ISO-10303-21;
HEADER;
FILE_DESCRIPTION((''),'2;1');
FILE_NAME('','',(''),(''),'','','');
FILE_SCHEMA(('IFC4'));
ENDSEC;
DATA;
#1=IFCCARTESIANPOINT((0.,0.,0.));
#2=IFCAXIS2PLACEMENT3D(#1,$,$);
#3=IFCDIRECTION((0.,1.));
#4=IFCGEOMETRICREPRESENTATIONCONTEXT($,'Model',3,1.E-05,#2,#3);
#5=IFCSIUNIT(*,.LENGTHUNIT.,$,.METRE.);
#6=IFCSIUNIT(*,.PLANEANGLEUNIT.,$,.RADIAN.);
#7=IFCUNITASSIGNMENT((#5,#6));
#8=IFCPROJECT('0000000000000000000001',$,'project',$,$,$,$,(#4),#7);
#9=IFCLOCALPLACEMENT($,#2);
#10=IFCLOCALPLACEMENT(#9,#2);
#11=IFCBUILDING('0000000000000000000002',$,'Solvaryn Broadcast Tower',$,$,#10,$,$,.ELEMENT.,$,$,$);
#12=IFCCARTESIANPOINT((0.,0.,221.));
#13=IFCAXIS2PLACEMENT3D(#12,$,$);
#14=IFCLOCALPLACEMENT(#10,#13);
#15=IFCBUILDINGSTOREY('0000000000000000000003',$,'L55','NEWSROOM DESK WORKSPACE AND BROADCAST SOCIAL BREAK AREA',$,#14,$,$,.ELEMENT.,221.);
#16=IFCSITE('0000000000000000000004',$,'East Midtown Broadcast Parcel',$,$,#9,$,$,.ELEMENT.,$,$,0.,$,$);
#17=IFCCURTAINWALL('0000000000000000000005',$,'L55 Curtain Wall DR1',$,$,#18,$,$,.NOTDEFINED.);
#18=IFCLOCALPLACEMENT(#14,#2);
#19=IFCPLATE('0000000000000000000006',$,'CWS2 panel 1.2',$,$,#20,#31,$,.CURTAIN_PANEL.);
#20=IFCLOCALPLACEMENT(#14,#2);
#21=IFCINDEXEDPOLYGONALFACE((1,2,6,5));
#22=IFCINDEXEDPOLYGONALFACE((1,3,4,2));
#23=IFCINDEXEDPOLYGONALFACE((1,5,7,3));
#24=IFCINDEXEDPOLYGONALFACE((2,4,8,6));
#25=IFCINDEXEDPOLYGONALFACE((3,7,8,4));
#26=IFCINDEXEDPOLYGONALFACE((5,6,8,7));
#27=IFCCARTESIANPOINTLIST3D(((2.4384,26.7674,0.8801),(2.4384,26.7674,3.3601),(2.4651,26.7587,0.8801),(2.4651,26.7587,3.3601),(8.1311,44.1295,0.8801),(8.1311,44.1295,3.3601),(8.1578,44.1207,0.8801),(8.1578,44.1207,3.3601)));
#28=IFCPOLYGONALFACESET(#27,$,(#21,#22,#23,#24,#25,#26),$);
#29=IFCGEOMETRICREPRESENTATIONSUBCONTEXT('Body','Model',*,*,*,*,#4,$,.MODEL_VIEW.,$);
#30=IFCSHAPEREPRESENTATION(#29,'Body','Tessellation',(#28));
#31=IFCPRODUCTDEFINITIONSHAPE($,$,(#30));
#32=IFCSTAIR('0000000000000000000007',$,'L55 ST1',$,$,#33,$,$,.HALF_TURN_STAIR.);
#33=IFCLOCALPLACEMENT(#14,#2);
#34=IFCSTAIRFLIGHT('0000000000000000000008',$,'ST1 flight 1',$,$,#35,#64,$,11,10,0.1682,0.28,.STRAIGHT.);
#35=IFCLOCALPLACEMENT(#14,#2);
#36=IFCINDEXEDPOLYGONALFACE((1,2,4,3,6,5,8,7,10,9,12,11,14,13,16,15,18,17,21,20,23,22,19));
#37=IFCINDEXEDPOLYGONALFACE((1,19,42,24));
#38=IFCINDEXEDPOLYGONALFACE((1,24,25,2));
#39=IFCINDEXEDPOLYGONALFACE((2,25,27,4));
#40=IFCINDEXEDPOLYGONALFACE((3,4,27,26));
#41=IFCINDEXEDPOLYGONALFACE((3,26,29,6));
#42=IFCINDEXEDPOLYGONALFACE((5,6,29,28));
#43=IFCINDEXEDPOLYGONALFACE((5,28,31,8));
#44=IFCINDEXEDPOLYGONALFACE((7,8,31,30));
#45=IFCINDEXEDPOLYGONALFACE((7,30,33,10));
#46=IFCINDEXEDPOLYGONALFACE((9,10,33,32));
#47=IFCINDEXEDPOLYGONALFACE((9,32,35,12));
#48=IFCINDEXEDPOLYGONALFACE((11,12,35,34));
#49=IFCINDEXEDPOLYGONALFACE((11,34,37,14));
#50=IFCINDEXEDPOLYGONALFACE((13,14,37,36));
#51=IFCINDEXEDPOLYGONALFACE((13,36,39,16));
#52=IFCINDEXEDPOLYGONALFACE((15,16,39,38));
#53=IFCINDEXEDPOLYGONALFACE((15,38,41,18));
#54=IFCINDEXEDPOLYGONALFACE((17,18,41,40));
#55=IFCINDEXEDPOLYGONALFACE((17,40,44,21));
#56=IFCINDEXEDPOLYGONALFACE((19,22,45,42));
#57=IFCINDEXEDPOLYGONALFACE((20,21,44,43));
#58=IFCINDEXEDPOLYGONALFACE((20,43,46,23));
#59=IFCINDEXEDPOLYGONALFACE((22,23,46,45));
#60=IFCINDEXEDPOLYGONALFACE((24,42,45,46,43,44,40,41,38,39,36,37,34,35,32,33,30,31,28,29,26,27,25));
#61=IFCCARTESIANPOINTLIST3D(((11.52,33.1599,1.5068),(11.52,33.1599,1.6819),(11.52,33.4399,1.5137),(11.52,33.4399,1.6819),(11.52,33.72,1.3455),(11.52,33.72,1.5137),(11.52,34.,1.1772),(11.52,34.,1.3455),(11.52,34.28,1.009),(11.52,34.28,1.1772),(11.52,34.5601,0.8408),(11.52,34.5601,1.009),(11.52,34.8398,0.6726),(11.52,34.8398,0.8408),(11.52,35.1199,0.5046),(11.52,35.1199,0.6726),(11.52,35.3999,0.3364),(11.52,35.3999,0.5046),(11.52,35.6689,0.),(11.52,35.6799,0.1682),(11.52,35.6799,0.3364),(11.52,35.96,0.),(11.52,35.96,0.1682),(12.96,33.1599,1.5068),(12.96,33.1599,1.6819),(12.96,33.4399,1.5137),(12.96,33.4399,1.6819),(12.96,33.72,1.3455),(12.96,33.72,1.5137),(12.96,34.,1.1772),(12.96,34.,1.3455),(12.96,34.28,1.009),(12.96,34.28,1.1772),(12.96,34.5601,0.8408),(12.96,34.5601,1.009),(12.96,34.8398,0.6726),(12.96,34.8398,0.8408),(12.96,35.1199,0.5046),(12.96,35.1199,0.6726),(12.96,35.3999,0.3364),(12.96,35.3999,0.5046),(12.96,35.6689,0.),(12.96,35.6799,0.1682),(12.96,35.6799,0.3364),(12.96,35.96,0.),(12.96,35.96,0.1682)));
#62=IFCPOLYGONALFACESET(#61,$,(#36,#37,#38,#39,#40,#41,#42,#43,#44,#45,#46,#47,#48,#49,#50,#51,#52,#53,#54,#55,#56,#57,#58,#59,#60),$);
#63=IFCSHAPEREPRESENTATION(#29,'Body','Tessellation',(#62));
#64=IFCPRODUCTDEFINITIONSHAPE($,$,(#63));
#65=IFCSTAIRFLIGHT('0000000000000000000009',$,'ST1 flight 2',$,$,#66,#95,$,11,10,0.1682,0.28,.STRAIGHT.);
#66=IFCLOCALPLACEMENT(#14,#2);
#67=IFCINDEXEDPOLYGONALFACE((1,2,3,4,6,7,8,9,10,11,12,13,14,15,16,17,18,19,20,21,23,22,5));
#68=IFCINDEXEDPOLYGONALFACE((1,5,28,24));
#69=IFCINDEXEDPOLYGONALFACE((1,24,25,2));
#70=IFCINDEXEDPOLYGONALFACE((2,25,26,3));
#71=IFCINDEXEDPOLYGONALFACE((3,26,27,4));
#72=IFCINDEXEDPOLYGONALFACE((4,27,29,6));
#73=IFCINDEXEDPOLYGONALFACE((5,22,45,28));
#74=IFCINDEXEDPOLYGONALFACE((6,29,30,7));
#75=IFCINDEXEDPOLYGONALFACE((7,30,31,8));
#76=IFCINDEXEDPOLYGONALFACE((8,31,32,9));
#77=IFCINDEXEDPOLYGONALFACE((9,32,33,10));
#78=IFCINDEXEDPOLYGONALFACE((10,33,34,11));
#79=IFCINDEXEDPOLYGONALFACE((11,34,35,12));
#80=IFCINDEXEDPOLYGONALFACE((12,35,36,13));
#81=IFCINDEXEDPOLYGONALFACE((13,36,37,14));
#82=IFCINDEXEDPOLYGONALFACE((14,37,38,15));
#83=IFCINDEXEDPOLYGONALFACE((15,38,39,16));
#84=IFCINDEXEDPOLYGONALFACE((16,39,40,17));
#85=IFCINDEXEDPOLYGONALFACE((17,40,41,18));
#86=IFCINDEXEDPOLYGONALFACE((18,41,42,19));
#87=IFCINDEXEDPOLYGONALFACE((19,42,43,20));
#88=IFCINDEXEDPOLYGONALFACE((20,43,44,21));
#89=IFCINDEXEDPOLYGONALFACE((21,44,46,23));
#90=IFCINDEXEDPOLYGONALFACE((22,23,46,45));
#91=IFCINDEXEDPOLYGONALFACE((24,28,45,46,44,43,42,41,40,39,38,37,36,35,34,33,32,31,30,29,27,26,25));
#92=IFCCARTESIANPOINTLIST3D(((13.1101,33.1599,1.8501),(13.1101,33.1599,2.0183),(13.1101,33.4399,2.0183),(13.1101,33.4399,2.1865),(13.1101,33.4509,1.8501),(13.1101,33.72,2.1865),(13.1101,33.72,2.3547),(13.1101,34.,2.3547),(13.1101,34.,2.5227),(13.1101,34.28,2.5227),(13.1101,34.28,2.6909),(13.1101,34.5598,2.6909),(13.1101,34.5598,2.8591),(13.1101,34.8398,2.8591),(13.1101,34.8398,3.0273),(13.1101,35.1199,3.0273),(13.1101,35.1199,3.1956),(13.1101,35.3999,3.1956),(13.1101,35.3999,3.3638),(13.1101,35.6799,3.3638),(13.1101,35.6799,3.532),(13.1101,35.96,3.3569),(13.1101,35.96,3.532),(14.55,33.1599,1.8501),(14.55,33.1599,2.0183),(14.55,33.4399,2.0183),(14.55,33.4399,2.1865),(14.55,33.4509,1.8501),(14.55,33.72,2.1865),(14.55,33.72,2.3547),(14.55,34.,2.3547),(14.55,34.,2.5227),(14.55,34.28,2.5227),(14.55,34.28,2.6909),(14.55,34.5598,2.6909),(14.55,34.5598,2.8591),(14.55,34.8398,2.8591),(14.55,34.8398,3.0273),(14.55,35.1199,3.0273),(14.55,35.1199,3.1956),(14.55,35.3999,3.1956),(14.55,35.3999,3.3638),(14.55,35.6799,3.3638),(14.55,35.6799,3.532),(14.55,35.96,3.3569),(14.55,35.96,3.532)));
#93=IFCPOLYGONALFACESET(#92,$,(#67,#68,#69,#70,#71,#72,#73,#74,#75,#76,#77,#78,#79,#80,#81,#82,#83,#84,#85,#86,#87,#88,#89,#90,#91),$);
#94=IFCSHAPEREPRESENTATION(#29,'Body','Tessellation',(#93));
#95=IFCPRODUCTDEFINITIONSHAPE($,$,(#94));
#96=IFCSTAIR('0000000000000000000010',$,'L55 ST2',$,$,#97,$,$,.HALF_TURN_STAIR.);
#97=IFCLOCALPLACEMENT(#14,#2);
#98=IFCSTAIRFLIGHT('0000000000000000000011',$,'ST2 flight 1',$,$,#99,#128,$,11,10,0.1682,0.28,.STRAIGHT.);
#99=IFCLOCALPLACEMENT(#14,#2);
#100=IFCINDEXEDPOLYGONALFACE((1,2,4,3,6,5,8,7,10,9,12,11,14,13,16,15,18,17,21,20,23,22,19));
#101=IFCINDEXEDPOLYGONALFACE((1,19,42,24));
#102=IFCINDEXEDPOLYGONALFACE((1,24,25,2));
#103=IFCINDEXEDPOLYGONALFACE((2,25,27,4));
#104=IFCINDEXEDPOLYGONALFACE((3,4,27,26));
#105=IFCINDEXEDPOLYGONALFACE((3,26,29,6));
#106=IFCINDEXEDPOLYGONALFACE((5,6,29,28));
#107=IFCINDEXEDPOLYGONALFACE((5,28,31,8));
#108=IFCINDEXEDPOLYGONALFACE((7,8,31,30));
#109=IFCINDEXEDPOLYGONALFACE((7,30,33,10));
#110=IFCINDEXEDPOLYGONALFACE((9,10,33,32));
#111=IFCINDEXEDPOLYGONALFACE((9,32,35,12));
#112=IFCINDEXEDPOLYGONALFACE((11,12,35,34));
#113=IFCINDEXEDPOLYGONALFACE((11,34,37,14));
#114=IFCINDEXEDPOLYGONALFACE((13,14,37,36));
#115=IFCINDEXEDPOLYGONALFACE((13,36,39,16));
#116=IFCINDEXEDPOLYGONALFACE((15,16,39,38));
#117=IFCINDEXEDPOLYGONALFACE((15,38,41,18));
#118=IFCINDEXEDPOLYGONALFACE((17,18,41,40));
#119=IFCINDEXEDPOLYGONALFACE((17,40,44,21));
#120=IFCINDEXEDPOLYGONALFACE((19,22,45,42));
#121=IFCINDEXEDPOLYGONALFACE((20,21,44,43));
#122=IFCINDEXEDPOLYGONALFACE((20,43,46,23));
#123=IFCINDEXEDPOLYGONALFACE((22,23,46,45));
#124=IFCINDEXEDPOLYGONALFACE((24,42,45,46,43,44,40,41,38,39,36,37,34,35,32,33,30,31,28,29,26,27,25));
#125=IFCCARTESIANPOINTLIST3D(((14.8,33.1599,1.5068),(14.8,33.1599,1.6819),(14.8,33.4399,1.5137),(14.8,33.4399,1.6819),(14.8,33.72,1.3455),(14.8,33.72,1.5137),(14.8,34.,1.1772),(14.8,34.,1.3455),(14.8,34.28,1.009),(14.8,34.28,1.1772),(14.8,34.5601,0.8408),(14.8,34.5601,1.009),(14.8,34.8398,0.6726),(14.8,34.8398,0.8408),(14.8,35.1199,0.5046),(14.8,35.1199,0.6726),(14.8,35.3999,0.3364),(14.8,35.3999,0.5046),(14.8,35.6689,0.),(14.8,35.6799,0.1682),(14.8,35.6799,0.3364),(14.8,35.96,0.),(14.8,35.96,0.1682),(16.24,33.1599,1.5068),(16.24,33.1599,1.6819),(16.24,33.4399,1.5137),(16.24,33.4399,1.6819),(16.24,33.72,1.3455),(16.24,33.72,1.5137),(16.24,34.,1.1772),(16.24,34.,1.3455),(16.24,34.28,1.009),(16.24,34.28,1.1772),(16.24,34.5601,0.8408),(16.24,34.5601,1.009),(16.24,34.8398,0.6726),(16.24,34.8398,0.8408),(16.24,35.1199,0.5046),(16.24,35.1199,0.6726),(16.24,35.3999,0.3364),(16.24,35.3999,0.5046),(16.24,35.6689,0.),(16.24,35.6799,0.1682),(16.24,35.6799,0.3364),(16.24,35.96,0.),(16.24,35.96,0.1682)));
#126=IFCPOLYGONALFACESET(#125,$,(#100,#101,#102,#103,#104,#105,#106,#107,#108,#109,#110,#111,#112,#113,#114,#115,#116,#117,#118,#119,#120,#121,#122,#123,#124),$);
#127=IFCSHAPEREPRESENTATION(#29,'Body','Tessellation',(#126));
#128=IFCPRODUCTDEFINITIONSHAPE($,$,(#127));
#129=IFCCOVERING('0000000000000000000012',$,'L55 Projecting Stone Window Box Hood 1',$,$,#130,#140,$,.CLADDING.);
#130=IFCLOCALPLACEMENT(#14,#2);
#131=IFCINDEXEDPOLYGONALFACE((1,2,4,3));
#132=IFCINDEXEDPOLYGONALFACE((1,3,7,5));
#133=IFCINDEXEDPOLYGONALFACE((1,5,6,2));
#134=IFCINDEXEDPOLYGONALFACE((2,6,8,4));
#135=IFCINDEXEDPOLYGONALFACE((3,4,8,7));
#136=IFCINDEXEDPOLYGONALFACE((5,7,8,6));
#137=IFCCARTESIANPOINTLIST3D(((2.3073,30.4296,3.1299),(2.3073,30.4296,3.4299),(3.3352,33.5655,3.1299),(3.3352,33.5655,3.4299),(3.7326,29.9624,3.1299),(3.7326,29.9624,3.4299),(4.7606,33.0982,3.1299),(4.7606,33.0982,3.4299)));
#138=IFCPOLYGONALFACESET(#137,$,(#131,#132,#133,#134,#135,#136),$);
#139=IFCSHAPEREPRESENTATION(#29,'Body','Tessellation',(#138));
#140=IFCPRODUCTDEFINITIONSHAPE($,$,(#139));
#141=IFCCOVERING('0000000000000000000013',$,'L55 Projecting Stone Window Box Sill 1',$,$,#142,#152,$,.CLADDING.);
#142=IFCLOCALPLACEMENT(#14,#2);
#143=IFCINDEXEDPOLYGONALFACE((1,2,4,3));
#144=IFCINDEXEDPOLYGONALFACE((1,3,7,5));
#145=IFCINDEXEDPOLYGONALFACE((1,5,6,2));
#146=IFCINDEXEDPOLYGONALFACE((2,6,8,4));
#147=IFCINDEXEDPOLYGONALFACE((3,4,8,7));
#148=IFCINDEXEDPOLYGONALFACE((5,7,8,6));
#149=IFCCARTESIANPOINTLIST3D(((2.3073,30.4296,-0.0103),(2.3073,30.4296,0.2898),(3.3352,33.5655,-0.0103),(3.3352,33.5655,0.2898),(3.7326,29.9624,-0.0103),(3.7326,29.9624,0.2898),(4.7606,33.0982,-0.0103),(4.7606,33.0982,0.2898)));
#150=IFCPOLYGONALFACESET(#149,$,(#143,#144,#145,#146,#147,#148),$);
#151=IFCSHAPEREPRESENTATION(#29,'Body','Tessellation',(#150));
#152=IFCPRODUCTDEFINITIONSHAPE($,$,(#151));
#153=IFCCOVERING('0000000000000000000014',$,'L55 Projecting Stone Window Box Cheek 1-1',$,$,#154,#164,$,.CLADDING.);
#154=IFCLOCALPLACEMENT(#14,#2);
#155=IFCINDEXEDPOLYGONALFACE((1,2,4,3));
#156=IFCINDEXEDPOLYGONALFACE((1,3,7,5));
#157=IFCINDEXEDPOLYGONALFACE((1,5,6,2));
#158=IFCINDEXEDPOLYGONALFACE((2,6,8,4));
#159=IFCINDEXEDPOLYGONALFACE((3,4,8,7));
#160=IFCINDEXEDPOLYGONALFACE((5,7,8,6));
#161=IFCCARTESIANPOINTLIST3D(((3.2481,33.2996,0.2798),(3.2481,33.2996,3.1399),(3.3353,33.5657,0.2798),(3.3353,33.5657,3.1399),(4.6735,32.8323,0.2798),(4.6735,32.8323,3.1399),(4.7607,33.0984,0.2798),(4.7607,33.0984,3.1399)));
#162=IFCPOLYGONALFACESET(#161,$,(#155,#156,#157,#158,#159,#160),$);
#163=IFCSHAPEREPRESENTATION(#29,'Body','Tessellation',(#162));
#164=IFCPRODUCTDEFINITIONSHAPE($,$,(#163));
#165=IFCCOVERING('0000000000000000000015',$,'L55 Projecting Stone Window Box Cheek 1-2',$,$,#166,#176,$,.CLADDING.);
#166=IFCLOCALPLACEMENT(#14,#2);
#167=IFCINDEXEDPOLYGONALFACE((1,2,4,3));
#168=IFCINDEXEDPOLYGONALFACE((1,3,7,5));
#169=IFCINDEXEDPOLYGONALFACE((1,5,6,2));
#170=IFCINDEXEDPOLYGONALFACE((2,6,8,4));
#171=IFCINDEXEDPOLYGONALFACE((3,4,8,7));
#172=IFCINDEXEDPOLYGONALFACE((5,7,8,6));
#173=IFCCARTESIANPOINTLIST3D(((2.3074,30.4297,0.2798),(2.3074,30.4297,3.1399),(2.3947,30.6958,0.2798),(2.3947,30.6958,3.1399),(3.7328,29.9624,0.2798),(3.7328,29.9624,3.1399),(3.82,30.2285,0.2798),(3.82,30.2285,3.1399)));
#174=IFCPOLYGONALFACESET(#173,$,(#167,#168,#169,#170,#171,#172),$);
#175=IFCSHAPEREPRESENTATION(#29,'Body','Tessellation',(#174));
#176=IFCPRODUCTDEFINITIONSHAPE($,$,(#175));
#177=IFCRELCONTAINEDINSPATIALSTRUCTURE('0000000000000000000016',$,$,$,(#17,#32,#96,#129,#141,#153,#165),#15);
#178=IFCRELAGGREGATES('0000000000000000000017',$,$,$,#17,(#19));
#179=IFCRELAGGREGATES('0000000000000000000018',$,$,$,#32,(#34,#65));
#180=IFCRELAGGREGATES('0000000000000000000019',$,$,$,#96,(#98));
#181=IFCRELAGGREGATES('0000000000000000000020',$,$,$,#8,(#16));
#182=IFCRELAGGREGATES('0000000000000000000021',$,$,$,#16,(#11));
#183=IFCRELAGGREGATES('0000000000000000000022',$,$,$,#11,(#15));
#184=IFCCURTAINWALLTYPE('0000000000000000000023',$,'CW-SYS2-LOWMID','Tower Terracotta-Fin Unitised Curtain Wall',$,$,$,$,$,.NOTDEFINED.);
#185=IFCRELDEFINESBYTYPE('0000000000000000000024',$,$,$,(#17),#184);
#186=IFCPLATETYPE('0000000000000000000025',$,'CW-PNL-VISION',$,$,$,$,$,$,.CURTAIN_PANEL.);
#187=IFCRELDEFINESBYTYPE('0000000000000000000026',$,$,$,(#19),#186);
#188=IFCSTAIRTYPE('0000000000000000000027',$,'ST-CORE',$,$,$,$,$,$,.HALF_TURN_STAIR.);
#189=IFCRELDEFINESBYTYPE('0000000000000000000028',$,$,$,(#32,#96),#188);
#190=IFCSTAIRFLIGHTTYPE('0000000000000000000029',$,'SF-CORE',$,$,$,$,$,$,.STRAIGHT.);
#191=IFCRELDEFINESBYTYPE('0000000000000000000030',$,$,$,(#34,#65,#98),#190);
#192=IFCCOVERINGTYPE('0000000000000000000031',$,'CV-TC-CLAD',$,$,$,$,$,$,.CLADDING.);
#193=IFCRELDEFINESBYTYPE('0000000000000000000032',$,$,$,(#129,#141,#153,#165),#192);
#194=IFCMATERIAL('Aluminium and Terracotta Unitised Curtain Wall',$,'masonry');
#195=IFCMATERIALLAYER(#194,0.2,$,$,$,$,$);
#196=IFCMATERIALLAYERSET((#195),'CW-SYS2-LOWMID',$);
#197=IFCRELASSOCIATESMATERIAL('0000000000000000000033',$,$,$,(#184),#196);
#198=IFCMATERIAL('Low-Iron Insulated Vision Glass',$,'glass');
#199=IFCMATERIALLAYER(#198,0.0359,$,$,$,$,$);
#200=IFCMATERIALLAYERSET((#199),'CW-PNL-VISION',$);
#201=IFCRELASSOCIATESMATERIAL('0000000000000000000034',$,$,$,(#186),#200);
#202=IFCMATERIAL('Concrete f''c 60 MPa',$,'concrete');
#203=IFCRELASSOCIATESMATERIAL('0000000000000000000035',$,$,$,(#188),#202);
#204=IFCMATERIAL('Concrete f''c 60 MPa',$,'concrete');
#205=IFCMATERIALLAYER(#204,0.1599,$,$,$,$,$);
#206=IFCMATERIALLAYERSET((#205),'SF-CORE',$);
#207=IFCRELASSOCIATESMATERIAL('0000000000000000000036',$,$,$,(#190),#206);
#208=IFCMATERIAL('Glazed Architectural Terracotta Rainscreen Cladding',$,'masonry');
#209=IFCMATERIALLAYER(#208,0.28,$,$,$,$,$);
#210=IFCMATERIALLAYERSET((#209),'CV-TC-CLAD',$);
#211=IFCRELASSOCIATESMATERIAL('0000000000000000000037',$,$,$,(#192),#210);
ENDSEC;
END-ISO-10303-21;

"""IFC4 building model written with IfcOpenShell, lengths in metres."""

from ifc_helpers import new_model, si_unit, direction, frame, origin, origin_2d, place, context, subcontext, project, spatial, polyline, rectangle, outline, extrude, material, layer, layer_set, type_object, element, aggregate, save


model = new_model("IFC4")

# Units and contexts
model_context = context("Model", 3, precision=1e-05, world=origin(), true_north=direction((0.0, 1.0)))
body_context = subcontext(model_context, "Body", "Model", "MODEL_VIEW")
ifc_project = project(units=[si_unit("LENGTHUNIT", "METRE"), si_unit("PLANEANGLEUNIT", "RADIAN")], contexts=[model_context])

# Site, building, storey
site_placement = place(None, origin())
site = spatial("IfcSite", under=ifc_project, at=site_placement, Name="East Midtown Broadcast Parcel", CompositionType="ELEMENT", RefElevation=0.0)
building_placement = place(site_placement, origin())
building = spatial("IfcBuilding", under=site, at=building_placement, Name="Solvaryn Broadcast Tower", CompositionType="ELEMENT")
storey_placement = place(building_placement, frame((0.0, 0.0, 221.0)))
storey = spatial("IfcBuildingStorey", under=building, at=storey_placement, Name="L55", Description="NEWSROOM DESK WORKSPACE AND BROADCAST SOCIAL BREAK AREA", CompositionType="ELEMENT", Elevation=221.0)

# Curtain wall, plate
ifc_material_1 = material(Name="Aluminium and Terracotta Unitised Curtain Wall", Category="masonry")
ifc_layer_1 = layer(ifc_material_1, 0.2)
ifc_layer_set_1 = layer_set([ifc_layer_1], Name="CW-SYS2-LOWMID")
curtain_wall_type = type_object("IfcCurtainWallType", Name="CW-SYS2-LOWMID", Description="Tower Terracotta-Fin Unitised Curtain Wall", PredefinedType="NOTDEFINED", material=ifc_layer_set_1)
curtain_wall_placement = place(storey_placement, origin())
curtain_wall = element("IfcCurtainWall", 1, at=curtain_wall_placement, inside=storey, type_object=curtain_wall_type, Name="L55 Curtain Wall DR1", PredefinedType="NOTDEFINED")
ifc_material_2 = material(Name="Low-Iron Insulated Vision Glass", Category="glass")
ifc_layer_2 = layer(ifc_material_2, 0.0359)
ifc_layer_set_2 = layer_set([ifc_layer_2], Name="CW-PNL-VISION")
plate_type = type_object("IfcPlateType", Name="CW-PNL-VISION", PredefinedType="CURTAIN_PANEL", material=ifc_layer_set_2)
plate_1_placement = place(storey_placement, frame((5.2981, 35.4441, 0.8801), z_axis=(0.0, 0.0, 1.0), x_axis=(-0.311559, -0.950227, 0.0)))
plate_1 = element("IfcPlate", 2, at=plate_1_placement, type_object=plate_type, Name="CWS2 panel 1.2", PredefinedType="CURTAIN_PANEL", context=body_context, shape_type="SweptSolid", body=[
    extrude(rectangle(XDim=18.2715, YDim=0.0281, at=origin_2d()), origin(), (0.0, 0.0, 1.0), 2.48),
])
aggregate(curtain_wall, [plate_1])

# Stair, stair flights
ifc_material_3 = material(Name="Concrete f'c 60 MPa", Category="concrete")
stair_type = type_object("IfcStairType", Name="ST-CORE", PredefinedType="HALF_TURN_STAIR", material=ifc_material_3)
stair_1_placement = place(storey_placement, origin())
stair_1 = element("IfcStair", 3, at=stair_1_placement, inside=storey, type_object=stair_type, Name="L55 ST1", PredefinedType="HALF_TURN_STAIR")
ifc_material_4 = material(Name="Concrete f'c 60 MPa", Category="concrete")
ifc_layer_3 = layer(ifc_material_4, 0.1599)
ifc_layer_set_3 = layer_set([ifc_layer_3], Name="SF-CORE")
stair_flight_type = type_object("IfcStairFlightType", Name="SF-CORE", PredefinedType="STRAIGHT", material=ifc_layer_set_3)
stair_flight_1_placement = place(storey_placement, frame((12.24, 35.96, 0.0), z_axis=(0.0, 0.0, 1.0), x_axis=(0.0, -1.0, 0.0)))
stair_flight_1 = element("IfcStairFlight", 4, at=stair_flight_1_placement, type_object=stair_flight_type, Name="ST1 flight 1", NumberOfRisers=11, NumberOfTreads=10, PredefinedType="STRAIGHT", RiserHeight=0.1682, TreadLength=0.28, context=body_context, shape_type="SweptSolid", body=[
    extrude(outline(polyline([(0.0, 0.0), (0.0, 0.1682), (0.28, 0.1682), (0.28, 0.3364), (0.5601, 0.3364), (0.5601, 0.5046), (0.8401, 0.5046), (0.8401, 0.6726), (1.1201, 0.6726), (1.1201, 0.8408), (1.3999, 0.8408), (1.3999, 1.009), (1.6799, 1.009), (1.6799, 1.1772), (1.96, 1.1772), (1.96, 1.3455), (2.24, 1.3455), (2.24, 1.5137), (2.52, 1.5137), (2.52, 1.6819), (2.8, 1.6819), (2.8, 1.8501), (2.8, 1.5068), (0.291, 0.0), (0.0, 0.0)])), frame((0.0, 0.72, 0.0), z_axis=(0.0, -1.0, 0.0), x_axis=(1.0, 0.0, 0.0)), (0.0, 0.0, 1.0), 1.4399),
])
stair_flight_2_placement = place(storey_placement, frame((13.8301, 33.1599, 1.8501), z_axis=(0.0, 0.0, 1.0), x_axis=(0.0, 1.0, 0.0)))
stair_flight_2 = element("IfcStairFlight", 5, at=stair_flight_2_placement, type_object=stair_flight_type, Name="ST1 flight 2", NumberOfRisers=11, NumberOfTreads=10, PredefinedType="STRAIGHT", RiserHeight=0.1682, TreadLength=0.28, context=body_context, shape_type="SweptSolid", body=[
    extrude(outline(polyline([(0.0, 0.0), (0.0, 0.1682), (0.28, 0.1682), (0.28, 0.3364), (0.5601, 0.3364), (0.5601, 0.5046), (0.8401, 0.5046), (0.8401, 0.6726), (1.1201, 0.6726), (1.1201, 0.8408), (1.3999, 0.8408), (1.3999, 1.009), (1.6799, 1.009), (1.6799, 1.1772), (1.96, 1.1772), (1.96, 1.3455), (2.24, 1.3455), (2.24, 1.5137), (2.52, 1.5137), (2.52, 1.6819), (2.8, 1.6819), (2.8, 1.8501), (2.8, 1.5068), (0.291, 0.0), (0.0, 0.0)])), frame((0.0, 0.72, 0.0), z_axis=(0.0, -1.0, 0.0), x_axis=(1.0, 0.0, 0.0)), (0.0, 0.0, 1.0), 1.4399),
])
aggregate(stair_1, [stair_flight_1, stair_flight_2])

# Stair, stair flight
stair_2_placement = place(storey_placement, origin())
stair_2 = element("IfcStair", 6, at=stair_2_placement, inside=storey, type_object=stair_type, Name="L55 ST2", PredefinedType="HALF_TURN_STAIR")
stair_flight_3_placement = place(storey_placement, frame((15.52, 35.96, 0.0), z_axis=(0.0, 0.0, 1.0), x_axis=(0.0, -1.0, 0.0)))
stair_flight_3 = element("IfcStairFlight", 7, at=stair_flight_3_placement, type_object=stair_flight_type, Name="ST2 flight 1", NumberOfRisers=11, NumberOfTreads=10, PredefinedType="STRAIGHT", RiserHeight=0.1682, TreadLength=0.28, context=body_context, shape_type="SweptSolid", body=[
    extrude(outline(polyline([(0.0, 0.0), (0.0, 0.1682), (0.28, 0.1682), (0.28, 0.3364), (0.5601, 0.3364), (0.5601, 0.5046), (0.8401, 0.5046), (0.8401, 0.6726), (1.1201, 0.6726), (1.1201, 0.8408), (1.3999, 0.8408), (1.3999, 1.009), (1.6799, 1.009), (1.6799, 1.1772), (1.96, 1.1772), (1.96, 1.3455), (2.24, 1.3455), (2.24, 1.5137), (2.52, 1.5137), (2.52, 1.6819), (2.8, 1.6819), (2.8, 1.8501), (2.8, 1.5068), (0.291, 0.0), (0.0, 0.0)])), frame((0.0, 0.72, 0.0), z_axis=(0.0, -1.0, 0.0), x_axis=(1.0, 0.0, 0.0)), (0.0, 0.0, 1.0), 1.4399),
])
aggregate(stair_2, [stair_flight_3])

# Coverings
ifc_material_5 = material(Name="Glazed Architectural Terracotta Rainscreen Cladding", Category="masonry")
ifc_layer_4 = layer(ifc_material_5, 0.28)
ifc_layer_set_4 = layer_set([ifc_layer_4], Name="CV-TC-CLAD")
covering_type = type_object("IfcCoveringType", Name="CV-TC-CLAD", PredefinedType="CLADDING", material=ifc_layer_set_4)
for number, where, z_axis, x_axis, name in (
    (8, (3.5339, 31.7639, 3.1299), (0.0, 0.0, 1.0), (-0.311506, -0.950244, 0.0), "L55 Projecting Stone Window Box Hood 1"),
    (9, (3.5339, 31.7639, -0.0103), (0.0, 0.0, 1.0), (-0.311506, -0.950244, 0.0), "L55 Projecting Stone Window Box Sill 1"),
):
    element("IfcCovering", number, at=place(storey_placement, frame(where, z_axis=z_axis, x_axis=x_axis)), inside=storey, type_object=covering_type, Name=name, PredefinedType="CLADDING", context=body_context, shape_type="SweptSolid", body=[
        extrude(rectangle(XDim=3.3, YDim=1.5, at=origin_2d()), origin(), (0.0, 0.0, 1.0), 0.3),
    ])
for number, where, z_axis, x_axis, name in (
    (10, (4.0044, 33.199, 0.2798), (0.0, 0.0, 1.0), (-0.311506, -0.950244, 0.0), "L55 Projecting Stone Window Box Cheek 1-1"),
    (11, (3.0637, 30.3291, 0.2798), (0.0, 0.0, 1.0), (-0.311506, -0.950244, 0.0), "L55 Projecting Stone Window Box Cheek 1-2"),
):
    element("IfcCovering", number, at=place(storey_placement, frame(where, z_axis=z_axis, x_axis=x_axis)), inside=storey, type_object=covering_type, Name=name, PredefinedType="CLADDING", context=body_context, shape_type="SweptSolid", body=[
        extrude(rectangle(XDim=0.28, YDim=1.5, at=origin_2d()), origin(), (0.0, 0.0, 1.0), 2.8601),
    ])

save(model, "model.ifc")
